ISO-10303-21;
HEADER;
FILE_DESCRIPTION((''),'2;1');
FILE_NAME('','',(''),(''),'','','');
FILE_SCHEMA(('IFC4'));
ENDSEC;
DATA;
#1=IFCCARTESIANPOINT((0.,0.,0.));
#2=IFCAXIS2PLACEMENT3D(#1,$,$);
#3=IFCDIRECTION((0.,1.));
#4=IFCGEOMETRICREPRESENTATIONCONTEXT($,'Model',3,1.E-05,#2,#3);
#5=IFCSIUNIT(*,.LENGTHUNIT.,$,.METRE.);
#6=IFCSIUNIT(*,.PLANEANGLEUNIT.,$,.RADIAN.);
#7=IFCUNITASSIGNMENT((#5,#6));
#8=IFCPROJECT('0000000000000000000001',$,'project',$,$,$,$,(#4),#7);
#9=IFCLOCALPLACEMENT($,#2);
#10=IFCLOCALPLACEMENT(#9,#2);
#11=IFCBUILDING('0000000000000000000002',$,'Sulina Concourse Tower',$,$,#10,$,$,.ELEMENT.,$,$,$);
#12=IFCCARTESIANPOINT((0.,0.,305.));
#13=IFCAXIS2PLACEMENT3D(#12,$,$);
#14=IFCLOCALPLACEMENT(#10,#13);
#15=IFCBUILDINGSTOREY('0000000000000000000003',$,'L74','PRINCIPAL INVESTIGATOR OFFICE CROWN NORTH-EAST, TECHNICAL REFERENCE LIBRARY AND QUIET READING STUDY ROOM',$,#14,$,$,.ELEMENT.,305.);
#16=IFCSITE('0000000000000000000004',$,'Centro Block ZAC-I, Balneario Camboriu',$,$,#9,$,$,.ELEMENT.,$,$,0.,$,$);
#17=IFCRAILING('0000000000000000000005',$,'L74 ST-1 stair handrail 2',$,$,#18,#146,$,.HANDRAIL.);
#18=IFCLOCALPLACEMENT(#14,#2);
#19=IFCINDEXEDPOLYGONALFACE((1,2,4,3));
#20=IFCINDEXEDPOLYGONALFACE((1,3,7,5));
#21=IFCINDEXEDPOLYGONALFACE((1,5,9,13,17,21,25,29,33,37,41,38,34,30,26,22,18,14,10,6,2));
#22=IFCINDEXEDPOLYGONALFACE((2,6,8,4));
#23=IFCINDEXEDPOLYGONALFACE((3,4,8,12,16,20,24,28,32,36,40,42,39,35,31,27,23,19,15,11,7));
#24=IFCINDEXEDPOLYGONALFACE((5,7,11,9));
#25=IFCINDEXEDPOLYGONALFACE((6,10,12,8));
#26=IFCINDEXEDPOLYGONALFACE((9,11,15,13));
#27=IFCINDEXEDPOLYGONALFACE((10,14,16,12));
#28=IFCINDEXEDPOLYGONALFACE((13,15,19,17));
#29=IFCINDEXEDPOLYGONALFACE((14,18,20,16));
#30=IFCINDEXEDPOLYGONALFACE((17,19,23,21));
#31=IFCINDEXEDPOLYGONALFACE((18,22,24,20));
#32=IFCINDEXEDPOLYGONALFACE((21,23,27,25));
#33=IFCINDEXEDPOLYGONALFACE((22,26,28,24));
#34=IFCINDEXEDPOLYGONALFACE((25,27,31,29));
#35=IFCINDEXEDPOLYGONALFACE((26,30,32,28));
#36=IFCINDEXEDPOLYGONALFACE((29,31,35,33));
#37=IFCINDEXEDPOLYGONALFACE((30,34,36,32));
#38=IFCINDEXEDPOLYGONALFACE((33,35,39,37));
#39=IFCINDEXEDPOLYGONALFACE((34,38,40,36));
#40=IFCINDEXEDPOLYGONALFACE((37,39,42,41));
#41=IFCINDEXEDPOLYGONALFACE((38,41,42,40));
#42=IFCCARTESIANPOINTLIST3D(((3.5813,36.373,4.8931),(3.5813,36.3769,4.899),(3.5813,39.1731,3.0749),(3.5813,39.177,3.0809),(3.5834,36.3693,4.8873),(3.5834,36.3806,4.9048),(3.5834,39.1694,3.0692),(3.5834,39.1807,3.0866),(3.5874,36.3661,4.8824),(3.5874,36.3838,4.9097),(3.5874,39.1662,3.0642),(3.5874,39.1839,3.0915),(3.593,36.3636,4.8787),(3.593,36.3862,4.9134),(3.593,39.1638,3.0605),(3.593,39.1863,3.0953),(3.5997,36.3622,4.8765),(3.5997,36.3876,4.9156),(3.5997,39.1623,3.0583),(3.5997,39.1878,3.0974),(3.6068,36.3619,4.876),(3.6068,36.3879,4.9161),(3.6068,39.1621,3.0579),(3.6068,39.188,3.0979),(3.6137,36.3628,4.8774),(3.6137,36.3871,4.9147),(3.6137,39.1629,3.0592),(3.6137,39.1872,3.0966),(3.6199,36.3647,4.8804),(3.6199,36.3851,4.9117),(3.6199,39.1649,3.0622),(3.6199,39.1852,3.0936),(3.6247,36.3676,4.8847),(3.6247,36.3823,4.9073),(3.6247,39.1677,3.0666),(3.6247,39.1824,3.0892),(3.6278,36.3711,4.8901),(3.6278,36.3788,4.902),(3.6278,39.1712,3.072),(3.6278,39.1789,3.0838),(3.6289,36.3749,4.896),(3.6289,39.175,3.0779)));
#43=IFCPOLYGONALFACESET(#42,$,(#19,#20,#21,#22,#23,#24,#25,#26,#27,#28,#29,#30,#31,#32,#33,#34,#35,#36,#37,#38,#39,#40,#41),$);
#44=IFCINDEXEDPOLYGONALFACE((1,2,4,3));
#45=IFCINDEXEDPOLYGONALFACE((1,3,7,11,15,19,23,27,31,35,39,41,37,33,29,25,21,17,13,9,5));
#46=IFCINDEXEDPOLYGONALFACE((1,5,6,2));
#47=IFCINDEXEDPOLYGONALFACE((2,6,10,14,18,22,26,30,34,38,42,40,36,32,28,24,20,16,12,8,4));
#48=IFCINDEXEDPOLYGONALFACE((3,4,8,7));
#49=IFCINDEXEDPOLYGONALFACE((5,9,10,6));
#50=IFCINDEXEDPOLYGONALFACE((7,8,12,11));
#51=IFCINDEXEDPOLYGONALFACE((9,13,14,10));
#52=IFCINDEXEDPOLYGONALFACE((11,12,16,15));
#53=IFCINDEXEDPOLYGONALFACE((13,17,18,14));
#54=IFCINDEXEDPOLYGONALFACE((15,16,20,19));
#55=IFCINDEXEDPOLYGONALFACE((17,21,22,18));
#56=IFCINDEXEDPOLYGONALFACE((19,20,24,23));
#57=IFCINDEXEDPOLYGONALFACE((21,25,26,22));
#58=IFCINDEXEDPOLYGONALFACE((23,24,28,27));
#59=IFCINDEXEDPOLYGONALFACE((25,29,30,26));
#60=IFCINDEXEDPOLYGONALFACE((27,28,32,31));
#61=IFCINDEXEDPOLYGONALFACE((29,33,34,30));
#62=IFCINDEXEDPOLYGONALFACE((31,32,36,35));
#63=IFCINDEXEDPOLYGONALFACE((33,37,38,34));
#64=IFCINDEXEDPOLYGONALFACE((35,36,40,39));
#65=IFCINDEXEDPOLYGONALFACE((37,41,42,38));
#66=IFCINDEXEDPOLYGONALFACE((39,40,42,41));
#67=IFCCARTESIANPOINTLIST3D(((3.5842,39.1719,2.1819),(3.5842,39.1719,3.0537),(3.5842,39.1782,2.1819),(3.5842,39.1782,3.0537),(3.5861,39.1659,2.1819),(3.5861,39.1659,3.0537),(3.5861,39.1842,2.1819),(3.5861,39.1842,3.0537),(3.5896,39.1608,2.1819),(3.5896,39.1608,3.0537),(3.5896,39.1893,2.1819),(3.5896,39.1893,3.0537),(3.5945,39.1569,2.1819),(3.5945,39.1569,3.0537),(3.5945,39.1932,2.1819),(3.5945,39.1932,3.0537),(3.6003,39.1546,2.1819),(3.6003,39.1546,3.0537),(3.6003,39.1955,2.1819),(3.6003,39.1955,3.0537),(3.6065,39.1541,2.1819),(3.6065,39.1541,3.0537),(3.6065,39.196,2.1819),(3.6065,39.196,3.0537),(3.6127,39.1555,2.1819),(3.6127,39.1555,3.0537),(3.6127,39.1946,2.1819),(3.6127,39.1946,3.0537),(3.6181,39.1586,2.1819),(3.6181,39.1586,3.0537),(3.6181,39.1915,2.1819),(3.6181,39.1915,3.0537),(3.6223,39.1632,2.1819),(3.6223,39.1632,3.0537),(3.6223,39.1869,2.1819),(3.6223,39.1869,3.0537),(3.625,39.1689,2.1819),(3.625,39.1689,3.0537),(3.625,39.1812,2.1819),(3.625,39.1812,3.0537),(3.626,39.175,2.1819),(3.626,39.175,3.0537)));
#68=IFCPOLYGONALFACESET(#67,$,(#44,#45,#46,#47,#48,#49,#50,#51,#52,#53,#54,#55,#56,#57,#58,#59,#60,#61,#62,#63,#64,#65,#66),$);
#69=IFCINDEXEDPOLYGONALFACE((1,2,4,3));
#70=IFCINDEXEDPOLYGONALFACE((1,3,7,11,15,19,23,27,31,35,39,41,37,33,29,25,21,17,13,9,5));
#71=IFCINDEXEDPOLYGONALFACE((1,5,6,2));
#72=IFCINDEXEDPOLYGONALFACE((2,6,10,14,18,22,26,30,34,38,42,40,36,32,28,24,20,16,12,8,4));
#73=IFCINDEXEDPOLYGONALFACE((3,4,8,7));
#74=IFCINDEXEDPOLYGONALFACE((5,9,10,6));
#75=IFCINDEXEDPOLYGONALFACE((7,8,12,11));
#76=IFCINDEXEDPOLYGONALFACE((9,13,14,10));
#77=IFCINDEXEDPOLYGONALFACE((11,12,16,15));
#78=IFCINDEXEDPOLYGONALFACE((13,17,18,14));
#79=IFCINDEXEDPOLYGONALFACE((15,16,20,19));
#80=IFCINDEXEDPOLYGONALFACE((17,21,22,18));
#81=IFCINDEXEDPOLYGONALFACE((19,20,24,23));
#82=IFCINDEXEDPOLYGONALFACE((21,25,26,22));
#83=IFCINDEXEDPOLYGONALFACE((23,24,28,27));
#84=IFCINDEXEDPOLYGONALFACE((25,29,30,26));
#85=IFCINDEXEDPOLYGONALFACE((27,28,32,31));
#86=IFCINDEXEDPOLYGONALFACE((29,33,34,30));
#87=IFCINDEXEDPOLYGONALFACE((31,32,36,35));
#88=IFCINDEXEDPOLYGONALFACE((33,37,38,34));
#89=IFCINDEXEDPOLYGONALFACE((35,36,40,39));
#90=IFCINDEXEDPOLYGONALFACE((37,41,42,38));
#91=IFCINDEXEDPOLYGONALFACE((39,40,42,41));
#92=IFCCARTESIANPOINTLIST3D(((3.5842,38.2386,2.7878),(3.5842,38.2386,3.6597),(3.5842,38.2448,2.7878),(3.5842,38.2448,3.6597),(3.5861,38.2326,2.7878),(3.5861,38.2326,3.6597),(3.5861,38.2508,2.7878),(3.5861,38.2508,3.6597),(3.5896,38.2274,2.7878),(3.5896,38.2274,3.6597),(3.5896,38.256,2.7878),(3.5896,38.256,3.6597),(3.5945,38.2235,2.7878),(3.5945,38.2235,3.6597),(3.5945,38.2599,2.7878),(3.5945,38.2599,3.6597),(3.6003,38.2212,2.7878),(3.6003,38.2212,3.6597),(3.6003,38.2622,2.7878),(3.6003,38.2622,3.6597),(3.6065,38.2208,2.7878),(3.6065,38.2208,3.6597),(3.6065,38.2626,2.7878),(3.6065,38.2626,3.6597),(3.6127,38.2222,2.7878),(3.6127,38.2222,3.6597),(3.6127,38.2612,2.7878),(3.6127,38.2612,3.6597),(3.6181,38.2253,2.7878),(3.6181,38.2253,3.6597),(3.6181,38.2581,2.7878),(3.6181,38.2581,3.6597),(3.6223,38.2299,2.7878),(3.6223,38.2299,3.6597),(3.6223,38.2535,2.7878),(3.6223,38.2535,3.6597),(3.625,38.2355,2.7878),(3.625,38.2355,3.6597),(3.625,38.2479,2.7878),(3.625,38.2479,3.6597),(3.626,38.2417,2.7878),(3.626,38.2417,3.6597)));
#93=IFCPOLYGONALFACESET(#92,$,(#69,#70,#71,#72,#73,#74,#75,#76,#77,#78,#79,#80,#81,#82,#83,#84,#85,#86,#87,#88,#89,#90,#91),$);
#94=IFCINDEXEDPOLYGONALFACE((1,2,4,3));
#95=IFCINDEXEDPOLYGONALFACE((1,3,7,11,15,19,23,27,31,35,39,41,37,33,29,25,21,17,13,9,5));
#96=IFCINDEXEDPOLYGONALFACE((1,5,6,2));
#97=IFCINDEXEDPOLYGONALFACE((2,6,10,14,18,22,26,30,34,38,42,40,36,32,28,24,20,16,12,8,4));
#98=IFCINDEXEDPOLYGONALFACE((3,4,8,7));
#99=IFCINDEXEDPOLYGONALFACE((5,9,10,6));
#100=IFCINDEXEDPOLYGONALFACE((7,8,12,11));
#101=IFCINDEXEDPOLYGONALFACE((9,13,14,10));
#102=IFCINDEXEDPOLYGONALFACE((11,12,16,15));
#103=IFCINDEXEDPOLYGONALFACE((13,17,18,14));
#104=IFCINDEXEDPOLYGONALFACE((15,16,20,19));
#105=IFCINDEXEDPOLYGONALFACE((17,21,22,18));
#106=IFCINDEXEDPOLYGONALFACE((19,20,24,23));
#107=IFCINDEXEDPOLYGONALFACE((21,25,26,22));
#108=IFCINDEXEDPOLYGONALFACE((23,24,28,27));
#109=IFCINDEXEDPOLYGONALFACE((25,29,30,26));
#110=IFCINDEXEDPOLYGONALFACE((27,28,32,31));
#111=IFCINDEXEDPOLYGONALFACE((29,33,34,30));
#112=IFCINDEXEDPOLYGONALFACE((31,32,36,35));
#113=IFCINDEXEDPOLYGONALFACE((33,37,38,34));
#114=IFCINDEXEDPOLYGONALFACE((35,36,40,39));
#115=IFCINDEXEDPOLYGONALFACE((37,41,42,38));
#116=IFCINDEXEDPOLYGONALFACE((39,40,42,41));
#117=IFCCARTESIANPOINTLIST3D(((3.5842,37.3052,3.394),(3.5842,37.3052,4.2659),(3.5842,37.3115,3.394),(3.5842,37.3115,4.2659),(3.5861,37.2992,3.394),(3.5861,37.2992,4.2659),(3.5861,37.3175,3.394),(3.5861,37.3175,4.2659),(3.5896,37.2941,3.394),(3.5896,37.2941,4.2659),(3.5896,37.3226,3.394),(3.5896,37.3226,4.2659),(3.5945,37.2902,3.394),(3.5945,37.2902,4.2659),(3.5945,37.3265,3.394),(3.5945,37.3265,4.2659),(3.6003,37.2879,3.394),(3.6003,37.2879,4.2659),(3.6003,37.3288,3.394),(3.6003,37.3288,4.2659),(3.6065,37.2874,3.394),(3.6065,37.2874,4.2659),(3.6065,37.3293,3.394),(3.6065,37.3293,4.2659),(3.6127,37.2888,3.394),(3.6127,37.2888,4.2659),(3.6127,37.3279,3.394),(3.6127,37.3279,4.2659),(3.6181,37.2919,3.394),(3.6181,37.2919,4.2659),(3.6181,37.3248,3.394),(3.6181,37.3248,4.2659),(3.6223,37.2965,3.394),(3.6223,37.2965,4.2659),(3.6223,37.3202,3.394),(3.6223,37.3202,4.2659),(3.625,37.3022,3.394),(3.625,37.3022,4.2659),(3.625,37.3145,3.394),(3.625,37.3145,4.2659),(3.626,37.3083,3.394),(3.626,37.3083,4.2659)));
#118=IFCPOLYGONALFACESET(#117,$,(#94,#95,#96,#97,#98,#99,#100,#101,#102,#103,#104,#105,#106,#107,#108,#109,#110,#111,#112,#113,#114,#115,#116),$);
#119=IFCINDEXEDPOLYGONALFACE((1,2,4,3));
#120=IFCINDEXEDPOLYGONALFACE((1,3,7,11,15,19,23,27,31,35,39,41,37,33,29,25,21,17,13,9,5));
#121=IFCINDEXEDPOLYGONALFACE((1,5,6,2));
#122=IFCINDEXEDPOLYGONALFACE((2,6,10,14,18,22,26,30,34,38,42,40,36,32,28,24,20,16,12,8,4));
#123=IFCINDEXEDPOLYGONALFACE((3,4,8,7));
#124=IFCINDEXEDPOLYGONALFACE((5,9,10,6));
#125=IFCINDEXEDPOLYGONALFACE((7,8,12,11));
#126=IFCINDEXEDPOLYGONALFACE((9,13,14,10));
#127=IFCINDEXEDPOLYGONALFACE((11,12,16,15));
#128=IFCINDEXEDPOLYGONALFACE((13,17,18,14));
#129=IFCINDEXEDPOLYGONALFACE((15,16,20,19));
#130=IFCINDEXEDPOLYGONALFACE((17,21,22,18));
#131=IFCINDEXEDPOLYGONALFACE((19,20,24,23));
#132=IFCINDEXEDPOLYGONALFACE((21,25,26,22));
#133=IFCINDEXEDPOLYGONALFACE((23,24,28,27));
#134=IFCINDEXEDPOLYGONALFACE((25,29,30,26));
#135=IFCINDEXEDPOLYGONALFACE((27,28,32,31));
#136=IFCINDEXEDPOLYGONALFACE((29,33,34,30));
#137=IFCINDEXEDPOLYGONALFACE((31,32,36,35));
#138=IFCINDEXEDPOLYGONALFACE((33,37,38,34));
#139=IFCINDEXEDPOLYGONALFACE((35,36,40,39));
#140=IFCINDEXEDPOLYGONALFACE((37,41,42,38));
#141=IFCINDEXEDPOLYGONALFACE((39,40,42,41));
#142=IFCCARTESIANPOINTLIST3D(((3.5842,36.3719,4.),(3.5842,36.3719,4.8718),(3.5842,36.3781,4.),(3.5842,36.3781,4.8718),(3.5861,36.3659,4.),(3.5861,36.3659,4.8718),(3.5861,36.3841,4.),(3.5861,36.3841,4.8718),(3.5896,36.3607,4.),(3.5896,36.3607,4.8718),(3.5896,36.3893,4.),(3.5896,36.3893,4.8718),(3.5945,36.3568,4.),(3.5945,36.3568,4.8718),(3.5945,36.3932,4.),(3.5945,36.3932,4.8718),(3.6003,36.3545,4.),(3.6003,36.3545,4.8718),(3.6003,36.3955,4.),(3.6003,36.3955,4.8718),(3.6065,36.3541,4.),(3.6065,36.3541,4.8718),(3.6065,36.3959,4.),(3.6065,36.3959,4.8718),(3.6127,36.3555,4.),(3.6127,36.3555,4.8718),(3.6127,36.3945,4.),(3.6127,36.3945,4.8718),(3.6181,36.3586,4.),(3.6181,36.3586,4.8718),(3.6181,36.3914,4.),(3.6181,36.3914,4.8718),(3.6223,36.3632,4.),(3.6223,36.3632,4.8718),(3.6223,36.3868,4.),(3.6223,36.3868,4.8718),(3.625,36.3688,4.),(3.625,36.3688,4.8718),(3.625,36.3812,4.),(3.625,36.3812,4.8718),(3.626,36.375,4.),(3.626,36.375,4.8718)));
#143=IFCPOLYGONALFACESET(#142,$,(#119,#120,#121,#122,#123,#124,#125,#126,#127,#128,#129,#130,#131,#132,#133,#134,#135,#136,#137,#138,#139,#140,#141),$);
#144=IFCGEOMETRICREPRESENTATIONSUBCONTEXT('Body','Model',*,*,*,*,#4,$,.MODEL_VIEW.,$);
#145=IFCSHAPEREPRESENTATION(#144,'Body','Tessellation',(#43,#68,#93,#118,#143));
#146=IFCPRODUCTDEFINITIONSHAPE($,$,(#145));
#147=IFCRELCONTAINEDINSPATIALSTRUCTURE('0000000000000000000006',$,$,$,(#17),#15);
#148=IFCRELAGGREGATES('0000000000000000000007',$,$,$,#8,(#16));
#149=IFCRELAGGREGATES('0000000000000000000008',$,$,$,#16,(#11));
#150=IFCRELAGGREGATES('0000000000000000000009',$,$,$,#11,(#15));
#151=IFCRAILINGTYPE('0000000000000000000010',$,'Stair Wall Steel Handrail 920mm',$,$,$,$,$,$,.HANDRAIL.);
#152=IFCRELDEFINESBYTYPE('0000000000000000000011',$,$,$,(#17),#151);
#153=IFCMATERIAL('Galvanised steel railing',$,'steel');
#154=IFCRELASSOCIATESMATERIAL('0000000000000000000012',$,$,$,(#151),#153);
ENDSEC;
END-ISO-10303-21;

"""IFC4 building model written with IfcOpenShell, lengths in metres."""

from ifc_helpers import new_model, si_unit, direction, frame, origin, origin_2d, place, context, subcontext, project, spatial, circle, extrude, material, type_object, element, save


model = new_model("IFC4")

# Units and contexts
model_context = context("Model", 3, precision=1e-05, world=origin(), true_north=direction((0.0, 1.0)))
body_context = subcontext(model_context, "Body", "Model", "MODEL_VIEW")
ifc_project = project(units=[si_unit("LENGTHUNIT", "METRE"), si_unit("PLANEANGLEUNIT", "RADIAN")], contexts=[model_context])

# Site, building, storey
site_placement = place(None, origin())
site = spatial("IfcSite", under=ifc_project, at=site_placement, Name="Centro Block ZAC-I, Balneario Camboriu", CompositionType="ELEMENT", RefElevation=0.0)
building_placement = place(site_placement, origin())
building = spatial("IfcBuilding", under=site, at=building_placement, Name="Sulina Concourse Tower", CompositionType="ELEMENT")
storey_placement = place(building_placement, frame((0.0, 0.0, 305.0)))
storey = spatial("IfcBuildingStorey", under=building, at=storey_placement, Name="L74", Description="PRINCIPAL INVESTIGATOR OFFICE CROWN NORTH-EAST, TECHNICAL REFERENCE LIBRARY AND QUIET READING STUDY ROOM", CompositionType="ELEMENT", Elevation=305.0)

# Railing
ifc_material_1 = material(Name="Galvanised steel railing", Category="steel")
railing_type_1 = type_object("IfcRailingType", Name="Stair Wall Steel Handrail 920mm", PredefinedType="HANDRAIL", material=ifc_material_1)
railing_1_placement = place(storey_placement, frame((3.605, 39.175, 2.1819)))
element("IfcRailing", 1, at=railing_1_placement, inside=storey, type_object=railing_type_1, Name="L74 ST-1 stair handrail 2", PredefinedType="HANDRAIL", context=body_context, shape_type="SweptSolid", body=[
    extrude(circle(Radius=0.0239, at=origin_2d()), frame((0.0, 0.0, 0.896), z_axis=(0.0, -0.838706, 0.544585), x_axis=(1.0, 0.0, 0.0)), (0.0, 0.0, 1.0), 3.3386),
    extrude(circle(Radius=0.021, at=origin_2d()), origin(), (0.0, 0.0, 1.0), 0.8718),
    extrude(circle(Radius=0.021, at=origin_2d()), frame((0.0, -0.9333, 0.606)), (0.0, 0.0, 1.0), 0.8718),
    extrude(circle(Radius=0.021, at=origin_2d()), frame((0.0, -1.8667, 1.2122)), (0.0, 0.0, 1.0), 0.8718),
    extrude(circle(Radius=0.021, at=origin_2d()), frame((0.0, -2.8, 1.8181)), (0.0, 0.0, 1.0), 0.8718),
])

save(model, "model.ifc")
